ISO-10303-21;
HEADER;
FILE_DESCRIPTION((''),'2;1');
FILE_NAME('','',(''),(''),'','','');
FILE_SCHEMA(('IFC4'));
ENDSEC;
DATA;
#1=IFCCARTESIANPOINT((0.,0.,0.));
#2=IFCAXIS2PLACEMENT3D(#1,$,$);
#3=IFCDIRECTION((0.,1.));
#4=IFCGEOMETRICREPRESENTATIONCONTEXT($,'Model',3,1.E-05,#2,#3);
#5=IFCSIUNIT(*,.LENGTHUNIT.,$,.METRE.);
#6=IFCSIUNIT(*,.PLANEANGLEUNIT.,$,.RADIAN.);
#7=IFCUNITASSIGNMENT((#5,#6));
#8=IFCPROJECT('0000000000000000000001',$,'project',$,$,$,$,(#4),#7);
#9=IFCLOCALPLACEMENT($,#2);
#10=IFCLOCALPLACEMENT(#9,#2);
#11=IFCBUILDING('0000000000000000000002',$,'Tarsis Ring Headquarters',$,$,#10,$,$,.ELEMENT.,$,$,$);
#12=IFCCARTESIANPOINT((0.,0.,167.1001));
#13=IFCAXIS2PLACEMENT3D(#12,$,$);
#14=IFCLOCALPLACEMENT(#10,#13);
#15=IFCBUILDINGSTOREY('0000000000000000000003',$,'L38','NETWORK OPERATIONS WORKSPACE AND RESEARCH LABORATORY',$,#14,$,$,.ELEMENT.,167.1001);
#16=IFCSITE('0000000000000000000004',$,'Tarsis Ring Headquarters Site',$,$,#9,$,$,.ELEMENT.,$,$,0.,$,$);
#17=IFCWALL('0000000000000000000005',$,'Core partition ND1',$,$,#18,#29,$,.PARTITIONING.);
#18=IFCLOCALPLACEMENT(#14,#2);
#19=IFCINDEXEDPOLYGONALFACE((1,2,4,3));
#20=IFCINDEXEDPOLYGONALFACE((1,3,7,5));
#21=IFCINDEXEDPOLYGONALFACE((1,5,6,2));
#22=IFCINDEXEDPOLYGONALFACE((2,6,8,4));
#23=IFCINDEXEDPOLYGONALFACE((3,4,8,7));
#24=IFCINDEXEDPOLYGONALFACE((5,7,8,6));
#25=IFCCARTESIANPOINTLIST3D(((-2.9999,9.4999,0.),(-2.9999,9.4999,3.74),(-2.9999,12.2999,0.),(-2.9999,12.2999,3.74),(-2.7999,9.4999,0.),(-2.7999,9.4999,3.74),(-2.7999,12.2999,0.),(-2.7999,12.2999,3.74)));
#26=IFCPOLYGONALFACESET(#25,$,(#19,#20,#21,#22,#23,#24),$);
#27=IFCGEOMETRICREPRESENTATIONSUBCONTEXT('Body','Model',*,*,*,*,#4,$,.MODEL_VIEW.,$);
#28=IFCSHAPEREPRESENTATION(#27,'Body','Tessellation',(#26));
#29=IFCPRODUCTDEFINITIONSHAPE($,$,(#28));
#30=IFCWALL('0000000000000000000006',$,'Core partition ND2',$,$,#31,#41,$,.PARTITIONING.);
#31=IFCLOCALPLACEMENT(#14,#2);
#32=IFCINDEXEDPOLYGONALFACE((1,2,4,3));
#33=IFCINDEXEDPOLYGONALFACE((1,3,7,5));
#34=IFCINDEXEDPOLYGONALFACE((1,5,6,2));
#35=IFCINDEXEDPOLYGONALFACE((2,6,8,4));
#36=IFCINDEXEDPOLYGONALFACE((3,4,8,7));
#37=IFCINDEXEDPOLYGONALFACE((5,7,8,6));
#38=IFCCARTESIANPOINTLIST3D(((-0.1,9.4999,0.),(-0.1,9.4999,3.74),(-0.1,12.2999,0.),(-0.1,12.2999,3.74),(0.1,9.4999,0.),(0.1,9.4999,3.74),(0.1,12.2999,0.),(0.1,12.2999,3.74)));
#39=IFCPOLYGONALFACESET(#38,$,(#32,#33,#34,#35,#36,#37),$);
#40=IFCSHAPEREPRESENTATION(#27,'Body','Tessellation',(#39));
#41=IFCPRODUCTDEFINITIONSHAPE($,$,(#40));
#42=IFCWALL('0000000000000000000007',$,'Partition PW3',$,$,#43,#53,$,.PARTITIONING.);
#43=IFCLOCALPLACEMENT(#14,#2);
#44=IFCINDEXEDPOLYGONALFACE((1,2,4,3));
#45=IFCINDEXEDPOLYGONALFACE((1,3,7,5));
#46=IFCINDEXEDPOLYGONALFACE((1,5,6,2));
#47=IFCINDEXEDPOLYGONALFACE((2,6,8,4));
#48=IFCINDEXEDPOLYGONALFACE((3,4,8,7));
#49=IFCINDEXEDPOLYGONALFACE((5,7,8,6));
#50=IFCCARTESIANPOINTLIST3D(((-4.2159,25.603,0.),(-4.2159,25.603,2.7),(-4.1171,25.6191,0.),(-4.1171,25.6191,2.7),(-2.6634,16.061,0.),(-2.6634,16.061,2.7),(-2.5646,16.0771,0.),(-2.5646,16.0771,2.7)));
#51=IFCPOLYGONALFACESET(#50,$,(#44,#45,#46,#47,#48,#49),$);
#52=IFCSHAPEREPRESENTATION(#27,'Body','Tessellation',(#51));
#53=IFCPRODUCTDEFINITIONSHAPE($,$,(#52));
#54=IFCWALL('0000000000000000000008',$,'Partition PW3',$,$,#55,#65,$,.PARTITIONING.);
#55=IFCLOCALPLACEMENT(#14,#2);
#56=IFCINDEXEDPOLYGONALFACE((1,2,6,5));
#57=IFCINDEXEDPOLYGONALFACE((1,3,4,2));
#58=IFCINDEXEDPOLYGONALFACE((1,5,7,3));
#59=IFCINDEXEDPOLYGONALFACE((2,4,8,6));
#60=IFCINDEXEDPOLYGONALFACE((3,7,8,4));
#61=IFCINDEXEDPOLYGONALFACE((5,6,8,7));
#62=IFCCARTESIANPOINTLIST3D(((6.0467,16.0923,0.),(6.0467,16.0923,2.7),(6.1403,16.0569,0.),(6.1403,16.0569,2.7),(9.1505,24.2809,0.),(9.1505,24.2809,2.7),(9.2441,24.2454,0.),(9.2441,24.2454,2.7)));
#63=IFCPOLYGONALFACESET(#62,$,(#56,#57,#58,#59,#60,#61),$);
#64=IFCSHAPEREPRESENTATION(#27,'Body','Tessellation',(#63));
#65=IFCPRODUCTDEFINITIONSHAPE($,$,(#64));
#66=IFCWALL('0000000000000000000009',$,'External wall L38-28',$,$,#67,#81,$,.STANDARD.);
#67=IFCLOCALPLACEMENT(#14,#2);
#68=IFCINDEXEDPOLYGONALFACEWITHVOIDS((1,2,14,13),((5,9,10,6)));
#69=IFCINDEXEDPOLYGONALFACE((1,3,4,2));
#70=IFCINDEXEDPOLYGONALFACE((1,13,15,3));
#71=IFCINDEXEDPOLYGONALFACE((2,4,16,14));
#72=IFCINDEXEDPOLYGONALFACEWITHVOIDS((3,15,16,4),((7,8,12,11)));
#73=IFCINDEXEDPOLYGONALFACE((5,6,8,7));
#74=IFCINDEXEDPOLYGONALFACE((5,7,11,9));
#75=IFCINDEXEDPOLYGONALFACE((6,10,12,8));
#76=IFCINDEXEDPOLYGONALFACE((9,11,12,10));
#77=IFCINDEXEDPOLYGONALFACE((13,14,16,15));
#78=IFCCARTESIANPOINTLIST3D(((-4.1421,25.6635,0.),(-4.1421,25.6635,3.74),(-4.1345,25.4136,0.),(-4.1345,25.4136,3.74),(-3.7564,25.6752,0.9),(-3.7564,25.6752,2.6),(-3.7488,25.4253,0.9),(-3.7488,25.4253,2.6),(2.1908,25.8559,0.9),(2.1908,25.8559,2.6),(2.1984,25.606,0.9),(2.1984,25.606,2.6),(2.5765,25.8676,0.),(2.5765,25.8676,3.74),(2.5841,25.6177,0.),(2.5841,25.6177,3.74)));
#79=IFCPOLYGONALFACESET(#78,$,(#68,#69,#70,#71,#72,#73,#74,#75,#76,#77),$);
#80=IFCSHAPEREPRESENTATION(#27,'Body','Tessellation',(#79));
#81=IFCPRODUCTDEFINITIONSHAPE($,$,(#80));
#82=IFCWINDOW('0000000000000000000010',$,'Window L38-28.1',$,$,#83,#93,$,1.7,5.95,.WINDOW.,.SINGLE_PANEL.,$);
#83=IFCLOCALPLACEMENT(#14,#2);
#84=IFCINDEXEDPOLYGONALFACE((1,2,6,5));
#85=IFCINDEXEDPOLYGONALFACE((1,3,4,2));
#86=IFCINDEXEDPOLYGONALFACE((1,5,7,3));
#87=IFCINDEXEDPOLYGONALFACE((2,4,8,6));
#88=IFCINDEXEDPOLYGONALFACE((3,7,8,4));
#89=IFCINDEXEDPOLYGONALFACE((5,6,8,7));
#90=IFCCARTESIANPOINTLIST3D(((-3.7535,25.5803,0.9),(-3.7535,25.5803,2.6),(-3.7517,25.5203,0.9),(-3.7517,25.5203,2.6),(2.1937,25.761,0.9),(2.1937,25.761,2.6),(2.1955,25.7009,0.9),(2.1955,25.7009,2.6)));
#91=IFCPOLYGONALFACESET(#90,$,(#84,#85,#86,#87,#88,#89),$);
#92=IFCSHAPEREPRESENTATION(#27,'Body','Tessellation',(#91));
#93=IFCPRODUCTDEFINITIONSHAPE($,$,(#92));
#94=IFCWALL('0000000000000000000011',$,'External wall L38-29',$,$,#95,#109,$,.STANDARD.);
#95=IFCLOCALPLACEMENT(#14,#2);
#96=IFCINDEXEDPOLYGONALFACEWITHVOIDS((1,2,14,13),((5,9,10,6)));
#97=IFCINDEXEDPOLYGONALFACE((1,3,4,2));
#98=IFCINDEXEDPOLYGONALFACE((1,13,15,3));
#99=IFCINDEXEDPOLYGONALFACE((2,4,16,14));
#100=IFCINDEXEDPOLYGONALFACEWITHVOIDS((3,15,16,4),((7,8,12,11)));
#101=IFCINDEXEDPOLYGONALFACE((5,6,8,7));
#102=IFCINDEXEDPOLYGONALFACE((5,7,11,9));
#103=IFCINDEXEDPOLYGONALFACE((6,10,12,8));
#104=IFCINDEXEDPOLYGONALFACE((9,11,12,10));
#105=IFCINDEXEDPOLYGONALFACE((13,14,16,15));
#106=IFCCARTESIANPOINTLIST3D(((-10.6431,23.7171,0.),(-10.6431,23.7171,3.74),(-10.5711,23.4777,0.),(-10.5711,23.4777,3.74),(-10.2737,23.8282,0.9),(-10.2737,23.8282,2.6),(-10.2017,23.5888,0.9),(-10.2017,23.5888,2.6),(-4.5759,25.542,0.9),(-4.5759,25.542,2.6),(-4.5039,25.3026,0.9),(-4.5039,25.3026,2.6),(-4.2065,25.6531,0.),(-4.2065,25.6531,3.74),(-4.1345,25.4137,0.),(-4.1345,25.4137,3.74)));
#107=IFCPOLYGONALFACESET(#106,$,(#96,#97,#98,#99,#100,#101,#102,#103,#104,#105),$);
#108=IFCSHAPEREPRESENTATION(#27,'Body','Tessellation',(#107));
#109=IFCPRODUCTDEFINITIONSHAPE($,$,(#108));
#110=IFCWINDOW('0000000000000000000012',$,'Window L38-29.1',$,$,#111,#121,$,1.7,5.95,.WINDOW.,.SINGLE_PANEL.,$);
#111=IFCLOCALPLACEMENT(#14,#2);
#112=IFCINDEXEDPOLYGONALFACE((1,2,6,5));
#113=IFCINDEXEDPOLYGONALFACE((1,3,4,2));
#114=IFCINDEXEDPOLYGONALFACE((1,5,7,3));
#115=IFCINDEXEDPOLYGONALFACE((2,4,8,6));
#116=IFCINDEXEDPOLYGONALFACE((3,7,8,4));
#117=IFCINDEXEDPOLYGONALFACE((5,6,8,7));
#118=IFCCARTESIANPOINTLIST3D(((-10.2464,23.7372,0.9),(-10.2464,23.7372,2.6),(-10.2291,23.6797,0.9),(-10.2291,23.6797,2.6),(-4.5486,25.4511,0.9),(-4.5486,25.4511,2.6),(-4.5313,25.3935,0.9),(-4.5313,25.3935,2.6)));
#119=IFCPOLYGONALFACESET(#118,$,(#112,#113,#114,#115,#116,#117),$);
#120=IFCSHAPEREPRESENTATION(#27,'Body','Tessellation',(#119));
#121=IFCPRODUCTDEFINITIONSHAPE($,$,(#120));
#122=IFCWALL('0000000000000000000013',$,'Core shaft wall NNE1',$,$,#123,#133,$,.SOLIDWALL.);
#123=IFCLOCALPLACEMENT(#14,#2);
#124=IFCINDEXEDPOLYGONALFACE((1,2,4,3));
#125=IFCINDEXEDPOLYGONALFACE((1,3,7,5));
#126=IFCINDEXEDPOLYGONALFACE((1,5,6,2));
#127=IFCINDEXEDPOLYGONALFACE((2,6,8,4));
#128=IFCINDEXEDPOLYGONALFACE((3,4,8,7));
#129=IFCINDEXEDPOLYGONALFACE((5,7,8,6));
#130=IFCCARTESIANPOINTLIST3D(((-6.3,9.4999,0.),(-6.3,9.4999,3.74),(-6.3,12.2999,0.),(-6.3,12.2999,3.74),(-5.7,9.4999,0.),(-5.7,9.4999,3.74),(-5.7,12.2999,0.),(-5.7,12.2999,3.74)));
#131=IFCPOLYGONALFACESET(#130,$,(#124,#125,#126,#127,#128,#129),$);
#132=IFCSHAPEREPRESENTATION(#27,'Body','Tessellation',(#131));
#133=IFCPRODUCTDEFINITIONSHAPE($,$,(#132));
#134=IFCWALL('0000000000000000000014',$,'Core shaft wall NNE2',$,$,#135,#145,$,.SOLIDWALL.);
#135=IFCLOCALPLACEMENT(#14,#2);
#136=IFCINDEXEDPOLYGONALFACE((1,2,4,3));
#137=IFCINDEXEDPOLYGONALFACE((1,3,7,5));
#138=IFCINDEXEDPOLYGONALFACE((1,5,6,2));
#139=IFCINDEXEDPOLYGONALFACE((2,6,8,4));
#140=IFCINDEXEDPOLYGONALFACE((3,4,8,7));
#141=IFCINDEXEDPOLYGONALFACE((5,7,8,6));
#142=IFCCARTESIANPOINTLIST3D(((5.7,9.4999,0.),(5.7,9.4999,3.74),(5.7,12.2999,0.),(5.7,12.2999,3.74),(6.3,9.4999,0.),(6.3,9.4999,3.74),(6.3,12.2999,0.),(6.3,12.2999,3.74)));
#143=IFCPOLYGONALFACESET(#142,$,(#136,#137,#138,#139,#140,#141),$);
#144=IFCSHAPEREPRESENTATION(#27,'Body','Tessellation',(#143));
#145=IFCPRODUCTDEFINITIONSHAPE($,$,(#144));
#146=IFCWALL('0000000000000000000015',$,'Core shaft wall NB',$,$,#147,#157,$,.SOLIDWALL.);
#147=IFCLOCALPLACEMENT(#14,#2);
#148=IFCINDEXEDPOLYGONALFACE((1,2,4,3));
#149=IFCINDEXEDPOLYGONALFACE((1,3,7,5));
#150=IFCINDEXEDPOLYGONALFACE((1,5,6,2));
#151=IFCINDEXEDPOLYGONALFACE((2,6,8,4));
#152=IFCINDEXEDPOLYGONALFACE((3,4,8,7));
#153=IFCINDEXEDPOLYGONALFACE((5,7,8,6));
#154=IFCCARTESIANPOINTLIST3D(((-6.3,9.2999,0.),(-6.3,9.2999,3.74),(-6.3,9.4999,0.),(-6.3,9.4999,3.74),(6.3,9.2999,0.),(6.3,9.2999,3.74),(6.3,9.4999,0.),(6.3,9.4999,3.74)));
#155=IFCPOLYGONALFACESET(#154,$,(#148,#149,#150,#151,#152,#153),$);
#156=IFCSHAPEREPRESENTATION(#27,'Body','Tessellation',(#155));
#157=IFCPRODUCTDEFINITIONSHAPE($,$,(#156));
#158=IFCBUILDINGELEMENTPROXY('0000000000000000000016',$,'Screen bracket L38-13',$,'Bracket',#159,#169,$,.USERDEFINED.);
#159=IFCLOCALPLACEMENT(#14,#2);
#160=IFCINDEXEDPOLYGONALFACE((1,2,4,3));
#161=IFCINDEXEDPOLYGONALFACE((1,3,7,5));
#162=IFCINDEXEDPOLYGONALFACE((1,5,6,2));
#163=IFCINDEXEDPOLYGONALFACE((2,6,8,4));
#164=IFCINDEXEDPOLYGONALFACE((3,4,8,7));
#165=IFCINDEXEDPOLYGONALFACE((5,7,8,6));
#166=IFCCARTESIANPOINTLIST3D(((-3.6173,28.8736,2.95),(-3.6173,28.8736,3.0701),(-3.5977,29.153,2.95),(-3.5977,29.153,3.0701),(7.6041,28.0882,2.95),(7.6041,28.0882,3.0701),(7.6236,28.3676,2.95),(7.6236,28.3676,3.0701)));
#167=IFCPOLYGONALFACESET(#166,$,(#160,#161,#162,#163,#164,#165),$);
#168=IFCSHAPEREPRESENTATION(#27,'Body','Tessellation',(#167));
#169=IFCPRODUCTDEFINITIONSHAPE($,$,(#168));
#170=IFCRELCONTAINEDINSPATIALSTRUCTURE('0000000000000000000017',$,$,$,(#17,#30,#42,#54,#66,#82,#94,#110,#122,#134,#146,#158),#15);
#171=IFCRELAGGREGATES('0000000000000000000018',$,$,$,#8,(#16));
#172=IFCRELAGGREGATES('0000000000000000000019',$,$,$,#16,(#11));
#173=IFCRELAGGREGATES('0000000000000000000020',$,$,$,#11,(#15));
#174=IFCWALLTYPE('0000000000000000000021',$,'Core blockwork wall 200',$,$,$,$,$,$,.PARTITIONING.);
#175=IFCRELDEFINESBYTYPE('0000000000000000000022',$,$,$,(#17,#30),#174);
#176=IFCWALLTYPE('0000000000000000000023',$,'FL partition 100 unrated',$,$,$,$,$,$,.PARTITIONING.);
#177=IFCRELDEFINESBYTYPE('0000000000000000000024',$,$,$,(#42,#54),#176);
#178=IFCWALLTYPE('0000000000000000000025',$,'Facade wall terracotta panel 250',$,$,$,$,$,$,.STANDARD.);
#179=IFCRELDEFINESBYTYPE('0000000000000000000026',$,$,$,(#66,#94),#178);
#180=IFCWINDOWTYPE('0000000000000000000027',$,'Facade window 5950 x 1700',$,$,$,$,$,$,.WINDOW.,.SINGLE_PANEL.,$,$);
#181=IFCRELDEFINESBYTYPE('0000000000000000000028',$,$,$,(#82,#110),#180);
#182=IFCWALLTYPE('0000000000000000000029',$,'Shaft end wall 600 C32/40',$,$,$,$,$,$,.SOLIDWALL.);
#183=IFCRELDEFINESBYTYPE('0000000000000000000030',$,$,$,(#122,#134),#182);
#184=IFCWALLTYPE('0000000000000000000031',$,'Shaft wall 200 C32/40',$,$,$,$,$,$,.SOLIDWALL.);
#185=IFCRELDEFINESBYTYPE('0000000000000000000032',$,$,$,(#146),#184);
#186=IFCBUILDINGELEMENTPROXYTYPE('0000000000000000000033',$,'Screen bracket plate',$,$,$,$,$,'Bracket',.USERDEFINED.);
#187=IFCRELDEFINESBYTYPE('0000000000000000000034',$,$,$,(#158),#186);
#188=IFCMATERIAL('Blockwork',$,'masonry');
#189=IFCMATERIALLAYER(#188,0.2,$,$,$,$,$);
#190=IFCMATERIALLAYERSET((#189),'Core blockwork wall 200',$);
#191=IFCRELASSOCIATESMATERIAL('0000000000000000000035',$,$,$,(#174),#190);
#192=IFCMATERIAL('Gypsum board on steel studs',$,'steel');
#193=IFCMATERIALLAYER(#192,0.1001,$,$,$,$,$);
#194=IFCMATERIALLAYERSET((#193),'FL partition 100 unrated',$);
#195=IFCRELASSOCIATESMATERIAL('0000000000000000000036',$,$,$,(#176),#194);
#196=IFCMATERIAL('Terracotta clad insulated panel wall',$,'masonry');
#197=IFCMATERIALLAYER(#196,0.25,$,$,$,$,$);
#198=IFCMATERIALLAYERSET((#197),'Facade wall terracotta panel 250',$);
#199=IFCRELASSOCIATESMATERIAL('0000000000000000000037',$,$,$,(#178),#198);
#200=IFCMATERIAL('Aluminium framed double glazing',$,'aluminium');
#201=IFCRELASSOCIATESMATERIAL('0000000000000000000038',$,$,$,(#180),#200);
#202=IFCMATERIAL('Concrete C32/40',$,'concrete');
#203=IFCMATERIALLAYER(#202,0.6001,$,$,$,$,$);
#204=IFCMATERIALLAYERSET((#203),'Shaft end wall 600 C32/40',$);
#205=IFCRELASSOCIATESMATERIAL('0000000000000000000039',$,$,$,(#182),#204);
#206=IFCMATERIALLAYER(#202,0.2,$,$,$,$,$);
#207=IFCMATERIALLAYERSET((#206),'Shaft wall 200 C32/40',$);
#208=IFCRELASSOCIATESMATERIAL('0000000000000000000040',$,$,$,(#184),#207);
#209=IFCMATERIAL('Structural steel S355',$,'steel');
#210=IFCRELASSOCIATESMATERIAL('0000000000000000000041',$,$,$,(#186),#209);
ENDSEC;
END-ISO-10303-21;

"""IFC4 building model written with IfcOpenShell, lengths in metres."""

from ifc_helpers import new_model, si_unit, direction, frame, frame_2d, origin, origin_2d, place, context, subcontext, project, spatial, rectangle, extrude, material, layer, layer_set, type_object, element, fill, save


model = new_model("IFC4")

# Units and contexts
model_context = context("Model", 3, precision=1e-05, world=origin(), true_north=direction((0.0, 1.0)))
body_context = subcontext(model_context, "Body", "Model", "MODEL_VIEW")
ifc_project = project(units=[si_unit("LENGTHUNIT", "METRE"), si_unit("PLANEANGLEUNIT", "RADIAN")], contexts=[model_context])

# Site, building, storey
site_placement = place(None, origin())
site = spatial("IfcSite", under=ifc_project, at=site_placement, Name="Tarsis Ring Headquarters Site", CompositionType="ELEMENT", RefElevation=0.0)
building_placement = place(site_placement, origin())
building = spatial("IfcBuilding", under=site, at=building_placement, Name="Tarsis Ring Headquarters", CompositionType="ELEMENT")
storey_placement = place(building_placement, frame((0.0, 0.0, 167.1001)))
storey = spatial("IfcBuildingStorey", under=building, at=storey_placement, Name="L38", Description="NETWORK OPERATIONS WORKSPACE AND RESEARCH LABORATORY", CompositionType="ELEMENT", Elevation=167.1001)

# Shared definitions
ifc_material_1 = material(Name="Structural steel S355", Category="steel")

# Walls
ifc_material_2 = material(Name="Blockwork", Category="masonry")
ifc_layer_1 = layer(ifc_material_2, 0.2)
ifc_layer_set_1 = layer_set([ifc_layer_1], Name="Core blockwork wall 200")
wall_type_1 = type_object("IfcWallType", Name="Core blockwork wall 200", PredefinedType="PARTITIONING", material=ifc_layer_set_1)
for number, where, z_axis, x_axis, name in (
    (1, (-2.8999, 9.5, 0.0), (0.0, 0.0, 1.0), (0.0, 1.0, 0.0), "Core partition ND1"),
    (2, (0.0, 9.5, 0.0), (0.0, 0.0, 1.0), (0.0, 1.0, 0.0), "Core partition ND2"),
):
    element("IfcWall", number, at=place(storey_placement, frame(where, z_axis=z_axis, x_axis=x_axis)), inside=storey, type_object=wall_type_1, Name=name, PredefinedType="PARTITIONING", context=body_context, shape_type="SweptSolid", body=[
        extrude(rectangle(XDim=2.8, YDim=0.2, at=frame_2d((1.3999, 0.0))), origin(), (0.0, 0.0, 1.0), 3.74),
    ])
ifc_material_3 = material(Name="Gypsum board on steel studs", Category="steel")
ifc_layer_2 = layer(ifc_material_3, 0.1001)
ifc_layer_set_2 = layer_set([ifc_layer_2], Name="FL partition 100 unrated")
wall_type_2 = type_object("IfcWallType", Name="FL partition 100 unrated", PredefinedType="PARTITIONING", material=ifc_layer_set_2)
wall_1_placement = place(storey_placement, frame((-4.1665, 25.6111, 0.0), z_axis=(0.0, 0.0, 1.0), x_axis=(0.160589, -0.987021, 0.0)))
element("IfcWall", 3, at=wall_1_placement, inside=storey, type_object=wall_type_2, Name="Partition PW3", PredefinedType="PARTITIONING", context=body_context, shape_type="SweptSolid", body=[
    extrude(rectangle(XDim=9.6675, YDim=0.1001, at=frame_2d((4.8337, 0.0))), origin(), (0.0, 0.0, 1.0), 2.7),
])
wall_2_placement = place(storey_placement, frame((6.0935, 16.0747, 0.0), z_axis=(0.0, 0.0, 1.0), x_axis=(0.354433, 0.935081, 0.0)))
element("IfcWall", 4, at=wall_2_placement, inside=storey, type_object=wall_type_2, Name="Partition PW3", PredefinedType="PARTITIONING", context=body_context, shape_type="SweptSolid", body=[
    extrude(rectangle(XDim=8.7571, YDim=0.1001, at=frame_2d((4.3784, 0.0))), origin(), (0.0, 0.0, 1.0), 2.7),
])

# Walls, openings, windows
ifc_material_4 = material(Name="Terracotta clad insulated panel wall", Category="masonry")
ifc_layer_3 = layer(ifc_material_4, 0.25)
ifc_layer_set_3 = layer_set([ifc_layer_3], Name="Facade wall terracotta panel 250")
wall_type_3 = type_object("IfcWallType", Name="Facade wall terracotta panel 250", PredefinedType="STANDARD", material=ifc_layer_set_3)
wall_3_placement = place(storey_placement, frame((2.5803, 25.7427, 0.0), z_axis=(0.0, 0.0, 1.0), x_axis=(-0.999539, -0.030365, 0.0)))
wall_3 = element("IfcWall", 5, at=wall_3_placement, inside=storey, type_object=wall_type_3, Name="External wall L38-28", PredefinedType="STANDARD", context=body_context, shape_type="SweptSolid", body=[
    extrude(rectangle(XDim=6.7217, YDim=0.25, at=frame_2d((3.3608, 0.0))), origin(), (0.0, 0.0, 1.0), 3.74),
])
opening_1_placement = place(wall_3_placement, frame((0.3857, 0.0, 0.8999)))
opening_1 = element("IfcOpeningElement", 6, at=opening_1_placement, cuts=wall_3, PredefinedType="OPENING", context=body_context, shape_type="SweptSolid", body=[
    extrude(rectangle(XDim=5.95, YDim=1.7, at=frame_2d((2.9751, 0.8501))), frame((0.0, 0.135, 0.0), z_axis=(0.0, -1.0, 0.0), x_axis=(1.0, 0.0, 0.0)), (0.0, 0.0, 1.0), 0.27),
])
ifc_material_5 = material(Name="Aluminium framed double glazing", Category="aluminium")
window_type = type_object("IfcWindowType", Name="Facade window 5950 x 1700", PartitioningType="SINGLE_PANEL", PredefinedType="WINDOW", material=ifc_material_5)
window_1_placement = place(opening_1_placement, origin())
window_1 = element("IfcWindow", 7, at=window_1_placement, inside=storey, type_object=window_type, Name="Window L38-28.1", OverallHeight=1.7, OverallWidth=5.95, PartitioningType="SINGLE_PANEL", PredefinedType="WINDOW", context=body_context, shape_type="SweptSolid", body=[
    extrude(rectangle(XDim=5.95, YDim=1.7, at=frame_2d((2.9751, 0.8501))), frame((0.0, 0.03, 0.0), z_axis=(0.0, -1.0, 0.0), x_axis=(1.0, 0.0, 0.0)), (0.0, 0.0, 1.0), 0.0601),
])
fill(opening_1, window_1)
wall_4_placement = place(storey_placement, frame((-4.1704, 25.5334, 0.0), z_axis=(0.0, 0.0, 1.0), x_axis=(-0.957618, -0.288041, 0.0)))
wall_4 = element("IfcWall", 8, at=wall_4_placement, inside=storey, type_object=wall_type_3, Name="External wall L38-29", PredefinedType="STANDARD", context=body_context, shape_type="SweptSolid", body=[
    extrude(rectangle(XDim=6.7214, YDim=0.25, at=frame_2d((3.3608, 0.0))), origin(), (0.0, 0.0, 1.0), 3.74),
])
opening_2_placement = place(wall_4_placement, frame((0.3857, 0.0, 0.8999)))
opening_2 = element("IfcOpeningElement", 9, at=opening_2_placement, cuts=wall_4, PredefinedType="OPENING", context=body_context, shape_type="SweptSolid", body=[
    extrude(rectangle(XDim=5.95, YDim=1.7, at=frame_2d((2.9751, 0.8501))), frame((0.0, 0.135, 0.0), z_axis=(0.0, -1.0, 0.0), x_axis=(1.0, 0.0, 0.0)), (0.0, 0.0, 1.0), 0.27),
])
window_2_placement = place(opening_2_placement, origin())
window_2 = element("IfcWindow", 10, at=window_2_placement, inside=storey, type_object=window_type, Name="Window L38-29.1", OverallHeight=1.7, OverallWidth=5.95, PartitioningType="SINGLE_PANEL", PredefinedType="WINDOW", context=body_context, shape_type="SweptSolid", body=[
    extrude(rectangle(XDim=5.95, YDim=1.7, at=frame_2d((2.9751, 0.8501))), frame((0.0, 0.03, 0.0), z_axis=(0.0, -1.0, 0.0), x_axis=(1.0, 0.0, 0.0)), (0.0, 0.0, 1.0), 0.0601),
])
fill(opening_2, window_2)

# Walls
ifc_material_6 = material(Name="Concrete C32/40", Category="concrete")
ifc_layer_4 = layer(ifc_material_6, 0.6001)
ifc_layer_set_4 = layer_set([ifc_layer_4], Name="Shaft end wall 600 C32/40")
wall_type_4 = type_object("IfcWallType", Name="Shaft end wall 600 C32/40", PredefinedType="SOLIDWALL", material=ifc_layer_set_4)
for number, where, z_axis, x_axis, name in (
    (11, (-6.0, 9.5, 0.0), (0.0, 0.0, 1.0), (0.0, 1.0, 0.0), "Core shaft wall NNE1"),
    (12, (6.0, 9.5, 0.0), (0.0, 0.0, 1.0), (0.0, 1.0, 0.0), "Core shaft wall NNE2"),
):
    element("IfcWall", number, at=place(storey_placement, frame(where, z_axis=z_axis, x_axis=x_axis)), inside=storey, type_object=wall_type_4, Name=name, PredefinedType="SOLIDWALL", context=body_context, shape_type="SweptSolid", body=[
        extrude(rectangle(XDim=2.8, YDim=0.6001, at=frame_2d((1.3999, 0.0))), origin(), (0.0, 0.0, 1.0), 3.74),
    ])
ifc_layer_5 = layer(ifc_material_6, 0.2)
ifc_layer_set_5 = layer_set([ifc_layer_5], Name="Shaft wall 200 C32/40")
wall_type_5 = type_object("IfcWallType", Name="Shaft wall 200 C32/40", PredefinedType="SOLIDWALL", material=ifc_layer_set_5)
wall_5_placement = place(storey_placement, frame((-6.3, 9.3999, 0.0), z_axis=(0.0, 0.0, 1.0), x_axis=(1.0, 0.0, 0.0)))
element("IfcWall", 13, at=wall_5_placement, inside=storey, type_object=wall_type_5, Name="Core shaft wall NB", PredefinedType="SOLIDWALL", context=body_context, shape_type="SweptSolid", body=[
    extrude(rectangle(XDim=12.6001, YDim=0.2, at=frame_2d((6.3, 0.0))), origin(), (0.0, 0.0, 1.0), 3.74),
])

# Building element proxy
building_element_proxy_type = type_object("IfcBuildingElementProxyType", Name="Screen bracket plate", ElementType="Bracket", PredefinedType="USERDEFINED", material=ifc_material_1)
proxy_placement = place(storey_placement, frame((2.0032, 28.6206, 2.95), z_axis=(0.0, 0.0, 1.0), x_axis=(-0.997559, 0.069822, 0.0)))
element("IfcBuildingElementProxy", 14, at=proxy_placement, inside=storey, type_object=building_element_proxy_type, Name="Screen bracket L38-13", ObjectType="Bracket", PredefinedType="USERDEFINED", context=body_context, shape_type="SweptSolid", body=[
    extrude(rectangle(XDim=11.2488, YDim=0.28, at=origin_2d()), origin(), (0.0, 0.0, 1.0), 0.1201),
])

save(model, "model.ifc")
